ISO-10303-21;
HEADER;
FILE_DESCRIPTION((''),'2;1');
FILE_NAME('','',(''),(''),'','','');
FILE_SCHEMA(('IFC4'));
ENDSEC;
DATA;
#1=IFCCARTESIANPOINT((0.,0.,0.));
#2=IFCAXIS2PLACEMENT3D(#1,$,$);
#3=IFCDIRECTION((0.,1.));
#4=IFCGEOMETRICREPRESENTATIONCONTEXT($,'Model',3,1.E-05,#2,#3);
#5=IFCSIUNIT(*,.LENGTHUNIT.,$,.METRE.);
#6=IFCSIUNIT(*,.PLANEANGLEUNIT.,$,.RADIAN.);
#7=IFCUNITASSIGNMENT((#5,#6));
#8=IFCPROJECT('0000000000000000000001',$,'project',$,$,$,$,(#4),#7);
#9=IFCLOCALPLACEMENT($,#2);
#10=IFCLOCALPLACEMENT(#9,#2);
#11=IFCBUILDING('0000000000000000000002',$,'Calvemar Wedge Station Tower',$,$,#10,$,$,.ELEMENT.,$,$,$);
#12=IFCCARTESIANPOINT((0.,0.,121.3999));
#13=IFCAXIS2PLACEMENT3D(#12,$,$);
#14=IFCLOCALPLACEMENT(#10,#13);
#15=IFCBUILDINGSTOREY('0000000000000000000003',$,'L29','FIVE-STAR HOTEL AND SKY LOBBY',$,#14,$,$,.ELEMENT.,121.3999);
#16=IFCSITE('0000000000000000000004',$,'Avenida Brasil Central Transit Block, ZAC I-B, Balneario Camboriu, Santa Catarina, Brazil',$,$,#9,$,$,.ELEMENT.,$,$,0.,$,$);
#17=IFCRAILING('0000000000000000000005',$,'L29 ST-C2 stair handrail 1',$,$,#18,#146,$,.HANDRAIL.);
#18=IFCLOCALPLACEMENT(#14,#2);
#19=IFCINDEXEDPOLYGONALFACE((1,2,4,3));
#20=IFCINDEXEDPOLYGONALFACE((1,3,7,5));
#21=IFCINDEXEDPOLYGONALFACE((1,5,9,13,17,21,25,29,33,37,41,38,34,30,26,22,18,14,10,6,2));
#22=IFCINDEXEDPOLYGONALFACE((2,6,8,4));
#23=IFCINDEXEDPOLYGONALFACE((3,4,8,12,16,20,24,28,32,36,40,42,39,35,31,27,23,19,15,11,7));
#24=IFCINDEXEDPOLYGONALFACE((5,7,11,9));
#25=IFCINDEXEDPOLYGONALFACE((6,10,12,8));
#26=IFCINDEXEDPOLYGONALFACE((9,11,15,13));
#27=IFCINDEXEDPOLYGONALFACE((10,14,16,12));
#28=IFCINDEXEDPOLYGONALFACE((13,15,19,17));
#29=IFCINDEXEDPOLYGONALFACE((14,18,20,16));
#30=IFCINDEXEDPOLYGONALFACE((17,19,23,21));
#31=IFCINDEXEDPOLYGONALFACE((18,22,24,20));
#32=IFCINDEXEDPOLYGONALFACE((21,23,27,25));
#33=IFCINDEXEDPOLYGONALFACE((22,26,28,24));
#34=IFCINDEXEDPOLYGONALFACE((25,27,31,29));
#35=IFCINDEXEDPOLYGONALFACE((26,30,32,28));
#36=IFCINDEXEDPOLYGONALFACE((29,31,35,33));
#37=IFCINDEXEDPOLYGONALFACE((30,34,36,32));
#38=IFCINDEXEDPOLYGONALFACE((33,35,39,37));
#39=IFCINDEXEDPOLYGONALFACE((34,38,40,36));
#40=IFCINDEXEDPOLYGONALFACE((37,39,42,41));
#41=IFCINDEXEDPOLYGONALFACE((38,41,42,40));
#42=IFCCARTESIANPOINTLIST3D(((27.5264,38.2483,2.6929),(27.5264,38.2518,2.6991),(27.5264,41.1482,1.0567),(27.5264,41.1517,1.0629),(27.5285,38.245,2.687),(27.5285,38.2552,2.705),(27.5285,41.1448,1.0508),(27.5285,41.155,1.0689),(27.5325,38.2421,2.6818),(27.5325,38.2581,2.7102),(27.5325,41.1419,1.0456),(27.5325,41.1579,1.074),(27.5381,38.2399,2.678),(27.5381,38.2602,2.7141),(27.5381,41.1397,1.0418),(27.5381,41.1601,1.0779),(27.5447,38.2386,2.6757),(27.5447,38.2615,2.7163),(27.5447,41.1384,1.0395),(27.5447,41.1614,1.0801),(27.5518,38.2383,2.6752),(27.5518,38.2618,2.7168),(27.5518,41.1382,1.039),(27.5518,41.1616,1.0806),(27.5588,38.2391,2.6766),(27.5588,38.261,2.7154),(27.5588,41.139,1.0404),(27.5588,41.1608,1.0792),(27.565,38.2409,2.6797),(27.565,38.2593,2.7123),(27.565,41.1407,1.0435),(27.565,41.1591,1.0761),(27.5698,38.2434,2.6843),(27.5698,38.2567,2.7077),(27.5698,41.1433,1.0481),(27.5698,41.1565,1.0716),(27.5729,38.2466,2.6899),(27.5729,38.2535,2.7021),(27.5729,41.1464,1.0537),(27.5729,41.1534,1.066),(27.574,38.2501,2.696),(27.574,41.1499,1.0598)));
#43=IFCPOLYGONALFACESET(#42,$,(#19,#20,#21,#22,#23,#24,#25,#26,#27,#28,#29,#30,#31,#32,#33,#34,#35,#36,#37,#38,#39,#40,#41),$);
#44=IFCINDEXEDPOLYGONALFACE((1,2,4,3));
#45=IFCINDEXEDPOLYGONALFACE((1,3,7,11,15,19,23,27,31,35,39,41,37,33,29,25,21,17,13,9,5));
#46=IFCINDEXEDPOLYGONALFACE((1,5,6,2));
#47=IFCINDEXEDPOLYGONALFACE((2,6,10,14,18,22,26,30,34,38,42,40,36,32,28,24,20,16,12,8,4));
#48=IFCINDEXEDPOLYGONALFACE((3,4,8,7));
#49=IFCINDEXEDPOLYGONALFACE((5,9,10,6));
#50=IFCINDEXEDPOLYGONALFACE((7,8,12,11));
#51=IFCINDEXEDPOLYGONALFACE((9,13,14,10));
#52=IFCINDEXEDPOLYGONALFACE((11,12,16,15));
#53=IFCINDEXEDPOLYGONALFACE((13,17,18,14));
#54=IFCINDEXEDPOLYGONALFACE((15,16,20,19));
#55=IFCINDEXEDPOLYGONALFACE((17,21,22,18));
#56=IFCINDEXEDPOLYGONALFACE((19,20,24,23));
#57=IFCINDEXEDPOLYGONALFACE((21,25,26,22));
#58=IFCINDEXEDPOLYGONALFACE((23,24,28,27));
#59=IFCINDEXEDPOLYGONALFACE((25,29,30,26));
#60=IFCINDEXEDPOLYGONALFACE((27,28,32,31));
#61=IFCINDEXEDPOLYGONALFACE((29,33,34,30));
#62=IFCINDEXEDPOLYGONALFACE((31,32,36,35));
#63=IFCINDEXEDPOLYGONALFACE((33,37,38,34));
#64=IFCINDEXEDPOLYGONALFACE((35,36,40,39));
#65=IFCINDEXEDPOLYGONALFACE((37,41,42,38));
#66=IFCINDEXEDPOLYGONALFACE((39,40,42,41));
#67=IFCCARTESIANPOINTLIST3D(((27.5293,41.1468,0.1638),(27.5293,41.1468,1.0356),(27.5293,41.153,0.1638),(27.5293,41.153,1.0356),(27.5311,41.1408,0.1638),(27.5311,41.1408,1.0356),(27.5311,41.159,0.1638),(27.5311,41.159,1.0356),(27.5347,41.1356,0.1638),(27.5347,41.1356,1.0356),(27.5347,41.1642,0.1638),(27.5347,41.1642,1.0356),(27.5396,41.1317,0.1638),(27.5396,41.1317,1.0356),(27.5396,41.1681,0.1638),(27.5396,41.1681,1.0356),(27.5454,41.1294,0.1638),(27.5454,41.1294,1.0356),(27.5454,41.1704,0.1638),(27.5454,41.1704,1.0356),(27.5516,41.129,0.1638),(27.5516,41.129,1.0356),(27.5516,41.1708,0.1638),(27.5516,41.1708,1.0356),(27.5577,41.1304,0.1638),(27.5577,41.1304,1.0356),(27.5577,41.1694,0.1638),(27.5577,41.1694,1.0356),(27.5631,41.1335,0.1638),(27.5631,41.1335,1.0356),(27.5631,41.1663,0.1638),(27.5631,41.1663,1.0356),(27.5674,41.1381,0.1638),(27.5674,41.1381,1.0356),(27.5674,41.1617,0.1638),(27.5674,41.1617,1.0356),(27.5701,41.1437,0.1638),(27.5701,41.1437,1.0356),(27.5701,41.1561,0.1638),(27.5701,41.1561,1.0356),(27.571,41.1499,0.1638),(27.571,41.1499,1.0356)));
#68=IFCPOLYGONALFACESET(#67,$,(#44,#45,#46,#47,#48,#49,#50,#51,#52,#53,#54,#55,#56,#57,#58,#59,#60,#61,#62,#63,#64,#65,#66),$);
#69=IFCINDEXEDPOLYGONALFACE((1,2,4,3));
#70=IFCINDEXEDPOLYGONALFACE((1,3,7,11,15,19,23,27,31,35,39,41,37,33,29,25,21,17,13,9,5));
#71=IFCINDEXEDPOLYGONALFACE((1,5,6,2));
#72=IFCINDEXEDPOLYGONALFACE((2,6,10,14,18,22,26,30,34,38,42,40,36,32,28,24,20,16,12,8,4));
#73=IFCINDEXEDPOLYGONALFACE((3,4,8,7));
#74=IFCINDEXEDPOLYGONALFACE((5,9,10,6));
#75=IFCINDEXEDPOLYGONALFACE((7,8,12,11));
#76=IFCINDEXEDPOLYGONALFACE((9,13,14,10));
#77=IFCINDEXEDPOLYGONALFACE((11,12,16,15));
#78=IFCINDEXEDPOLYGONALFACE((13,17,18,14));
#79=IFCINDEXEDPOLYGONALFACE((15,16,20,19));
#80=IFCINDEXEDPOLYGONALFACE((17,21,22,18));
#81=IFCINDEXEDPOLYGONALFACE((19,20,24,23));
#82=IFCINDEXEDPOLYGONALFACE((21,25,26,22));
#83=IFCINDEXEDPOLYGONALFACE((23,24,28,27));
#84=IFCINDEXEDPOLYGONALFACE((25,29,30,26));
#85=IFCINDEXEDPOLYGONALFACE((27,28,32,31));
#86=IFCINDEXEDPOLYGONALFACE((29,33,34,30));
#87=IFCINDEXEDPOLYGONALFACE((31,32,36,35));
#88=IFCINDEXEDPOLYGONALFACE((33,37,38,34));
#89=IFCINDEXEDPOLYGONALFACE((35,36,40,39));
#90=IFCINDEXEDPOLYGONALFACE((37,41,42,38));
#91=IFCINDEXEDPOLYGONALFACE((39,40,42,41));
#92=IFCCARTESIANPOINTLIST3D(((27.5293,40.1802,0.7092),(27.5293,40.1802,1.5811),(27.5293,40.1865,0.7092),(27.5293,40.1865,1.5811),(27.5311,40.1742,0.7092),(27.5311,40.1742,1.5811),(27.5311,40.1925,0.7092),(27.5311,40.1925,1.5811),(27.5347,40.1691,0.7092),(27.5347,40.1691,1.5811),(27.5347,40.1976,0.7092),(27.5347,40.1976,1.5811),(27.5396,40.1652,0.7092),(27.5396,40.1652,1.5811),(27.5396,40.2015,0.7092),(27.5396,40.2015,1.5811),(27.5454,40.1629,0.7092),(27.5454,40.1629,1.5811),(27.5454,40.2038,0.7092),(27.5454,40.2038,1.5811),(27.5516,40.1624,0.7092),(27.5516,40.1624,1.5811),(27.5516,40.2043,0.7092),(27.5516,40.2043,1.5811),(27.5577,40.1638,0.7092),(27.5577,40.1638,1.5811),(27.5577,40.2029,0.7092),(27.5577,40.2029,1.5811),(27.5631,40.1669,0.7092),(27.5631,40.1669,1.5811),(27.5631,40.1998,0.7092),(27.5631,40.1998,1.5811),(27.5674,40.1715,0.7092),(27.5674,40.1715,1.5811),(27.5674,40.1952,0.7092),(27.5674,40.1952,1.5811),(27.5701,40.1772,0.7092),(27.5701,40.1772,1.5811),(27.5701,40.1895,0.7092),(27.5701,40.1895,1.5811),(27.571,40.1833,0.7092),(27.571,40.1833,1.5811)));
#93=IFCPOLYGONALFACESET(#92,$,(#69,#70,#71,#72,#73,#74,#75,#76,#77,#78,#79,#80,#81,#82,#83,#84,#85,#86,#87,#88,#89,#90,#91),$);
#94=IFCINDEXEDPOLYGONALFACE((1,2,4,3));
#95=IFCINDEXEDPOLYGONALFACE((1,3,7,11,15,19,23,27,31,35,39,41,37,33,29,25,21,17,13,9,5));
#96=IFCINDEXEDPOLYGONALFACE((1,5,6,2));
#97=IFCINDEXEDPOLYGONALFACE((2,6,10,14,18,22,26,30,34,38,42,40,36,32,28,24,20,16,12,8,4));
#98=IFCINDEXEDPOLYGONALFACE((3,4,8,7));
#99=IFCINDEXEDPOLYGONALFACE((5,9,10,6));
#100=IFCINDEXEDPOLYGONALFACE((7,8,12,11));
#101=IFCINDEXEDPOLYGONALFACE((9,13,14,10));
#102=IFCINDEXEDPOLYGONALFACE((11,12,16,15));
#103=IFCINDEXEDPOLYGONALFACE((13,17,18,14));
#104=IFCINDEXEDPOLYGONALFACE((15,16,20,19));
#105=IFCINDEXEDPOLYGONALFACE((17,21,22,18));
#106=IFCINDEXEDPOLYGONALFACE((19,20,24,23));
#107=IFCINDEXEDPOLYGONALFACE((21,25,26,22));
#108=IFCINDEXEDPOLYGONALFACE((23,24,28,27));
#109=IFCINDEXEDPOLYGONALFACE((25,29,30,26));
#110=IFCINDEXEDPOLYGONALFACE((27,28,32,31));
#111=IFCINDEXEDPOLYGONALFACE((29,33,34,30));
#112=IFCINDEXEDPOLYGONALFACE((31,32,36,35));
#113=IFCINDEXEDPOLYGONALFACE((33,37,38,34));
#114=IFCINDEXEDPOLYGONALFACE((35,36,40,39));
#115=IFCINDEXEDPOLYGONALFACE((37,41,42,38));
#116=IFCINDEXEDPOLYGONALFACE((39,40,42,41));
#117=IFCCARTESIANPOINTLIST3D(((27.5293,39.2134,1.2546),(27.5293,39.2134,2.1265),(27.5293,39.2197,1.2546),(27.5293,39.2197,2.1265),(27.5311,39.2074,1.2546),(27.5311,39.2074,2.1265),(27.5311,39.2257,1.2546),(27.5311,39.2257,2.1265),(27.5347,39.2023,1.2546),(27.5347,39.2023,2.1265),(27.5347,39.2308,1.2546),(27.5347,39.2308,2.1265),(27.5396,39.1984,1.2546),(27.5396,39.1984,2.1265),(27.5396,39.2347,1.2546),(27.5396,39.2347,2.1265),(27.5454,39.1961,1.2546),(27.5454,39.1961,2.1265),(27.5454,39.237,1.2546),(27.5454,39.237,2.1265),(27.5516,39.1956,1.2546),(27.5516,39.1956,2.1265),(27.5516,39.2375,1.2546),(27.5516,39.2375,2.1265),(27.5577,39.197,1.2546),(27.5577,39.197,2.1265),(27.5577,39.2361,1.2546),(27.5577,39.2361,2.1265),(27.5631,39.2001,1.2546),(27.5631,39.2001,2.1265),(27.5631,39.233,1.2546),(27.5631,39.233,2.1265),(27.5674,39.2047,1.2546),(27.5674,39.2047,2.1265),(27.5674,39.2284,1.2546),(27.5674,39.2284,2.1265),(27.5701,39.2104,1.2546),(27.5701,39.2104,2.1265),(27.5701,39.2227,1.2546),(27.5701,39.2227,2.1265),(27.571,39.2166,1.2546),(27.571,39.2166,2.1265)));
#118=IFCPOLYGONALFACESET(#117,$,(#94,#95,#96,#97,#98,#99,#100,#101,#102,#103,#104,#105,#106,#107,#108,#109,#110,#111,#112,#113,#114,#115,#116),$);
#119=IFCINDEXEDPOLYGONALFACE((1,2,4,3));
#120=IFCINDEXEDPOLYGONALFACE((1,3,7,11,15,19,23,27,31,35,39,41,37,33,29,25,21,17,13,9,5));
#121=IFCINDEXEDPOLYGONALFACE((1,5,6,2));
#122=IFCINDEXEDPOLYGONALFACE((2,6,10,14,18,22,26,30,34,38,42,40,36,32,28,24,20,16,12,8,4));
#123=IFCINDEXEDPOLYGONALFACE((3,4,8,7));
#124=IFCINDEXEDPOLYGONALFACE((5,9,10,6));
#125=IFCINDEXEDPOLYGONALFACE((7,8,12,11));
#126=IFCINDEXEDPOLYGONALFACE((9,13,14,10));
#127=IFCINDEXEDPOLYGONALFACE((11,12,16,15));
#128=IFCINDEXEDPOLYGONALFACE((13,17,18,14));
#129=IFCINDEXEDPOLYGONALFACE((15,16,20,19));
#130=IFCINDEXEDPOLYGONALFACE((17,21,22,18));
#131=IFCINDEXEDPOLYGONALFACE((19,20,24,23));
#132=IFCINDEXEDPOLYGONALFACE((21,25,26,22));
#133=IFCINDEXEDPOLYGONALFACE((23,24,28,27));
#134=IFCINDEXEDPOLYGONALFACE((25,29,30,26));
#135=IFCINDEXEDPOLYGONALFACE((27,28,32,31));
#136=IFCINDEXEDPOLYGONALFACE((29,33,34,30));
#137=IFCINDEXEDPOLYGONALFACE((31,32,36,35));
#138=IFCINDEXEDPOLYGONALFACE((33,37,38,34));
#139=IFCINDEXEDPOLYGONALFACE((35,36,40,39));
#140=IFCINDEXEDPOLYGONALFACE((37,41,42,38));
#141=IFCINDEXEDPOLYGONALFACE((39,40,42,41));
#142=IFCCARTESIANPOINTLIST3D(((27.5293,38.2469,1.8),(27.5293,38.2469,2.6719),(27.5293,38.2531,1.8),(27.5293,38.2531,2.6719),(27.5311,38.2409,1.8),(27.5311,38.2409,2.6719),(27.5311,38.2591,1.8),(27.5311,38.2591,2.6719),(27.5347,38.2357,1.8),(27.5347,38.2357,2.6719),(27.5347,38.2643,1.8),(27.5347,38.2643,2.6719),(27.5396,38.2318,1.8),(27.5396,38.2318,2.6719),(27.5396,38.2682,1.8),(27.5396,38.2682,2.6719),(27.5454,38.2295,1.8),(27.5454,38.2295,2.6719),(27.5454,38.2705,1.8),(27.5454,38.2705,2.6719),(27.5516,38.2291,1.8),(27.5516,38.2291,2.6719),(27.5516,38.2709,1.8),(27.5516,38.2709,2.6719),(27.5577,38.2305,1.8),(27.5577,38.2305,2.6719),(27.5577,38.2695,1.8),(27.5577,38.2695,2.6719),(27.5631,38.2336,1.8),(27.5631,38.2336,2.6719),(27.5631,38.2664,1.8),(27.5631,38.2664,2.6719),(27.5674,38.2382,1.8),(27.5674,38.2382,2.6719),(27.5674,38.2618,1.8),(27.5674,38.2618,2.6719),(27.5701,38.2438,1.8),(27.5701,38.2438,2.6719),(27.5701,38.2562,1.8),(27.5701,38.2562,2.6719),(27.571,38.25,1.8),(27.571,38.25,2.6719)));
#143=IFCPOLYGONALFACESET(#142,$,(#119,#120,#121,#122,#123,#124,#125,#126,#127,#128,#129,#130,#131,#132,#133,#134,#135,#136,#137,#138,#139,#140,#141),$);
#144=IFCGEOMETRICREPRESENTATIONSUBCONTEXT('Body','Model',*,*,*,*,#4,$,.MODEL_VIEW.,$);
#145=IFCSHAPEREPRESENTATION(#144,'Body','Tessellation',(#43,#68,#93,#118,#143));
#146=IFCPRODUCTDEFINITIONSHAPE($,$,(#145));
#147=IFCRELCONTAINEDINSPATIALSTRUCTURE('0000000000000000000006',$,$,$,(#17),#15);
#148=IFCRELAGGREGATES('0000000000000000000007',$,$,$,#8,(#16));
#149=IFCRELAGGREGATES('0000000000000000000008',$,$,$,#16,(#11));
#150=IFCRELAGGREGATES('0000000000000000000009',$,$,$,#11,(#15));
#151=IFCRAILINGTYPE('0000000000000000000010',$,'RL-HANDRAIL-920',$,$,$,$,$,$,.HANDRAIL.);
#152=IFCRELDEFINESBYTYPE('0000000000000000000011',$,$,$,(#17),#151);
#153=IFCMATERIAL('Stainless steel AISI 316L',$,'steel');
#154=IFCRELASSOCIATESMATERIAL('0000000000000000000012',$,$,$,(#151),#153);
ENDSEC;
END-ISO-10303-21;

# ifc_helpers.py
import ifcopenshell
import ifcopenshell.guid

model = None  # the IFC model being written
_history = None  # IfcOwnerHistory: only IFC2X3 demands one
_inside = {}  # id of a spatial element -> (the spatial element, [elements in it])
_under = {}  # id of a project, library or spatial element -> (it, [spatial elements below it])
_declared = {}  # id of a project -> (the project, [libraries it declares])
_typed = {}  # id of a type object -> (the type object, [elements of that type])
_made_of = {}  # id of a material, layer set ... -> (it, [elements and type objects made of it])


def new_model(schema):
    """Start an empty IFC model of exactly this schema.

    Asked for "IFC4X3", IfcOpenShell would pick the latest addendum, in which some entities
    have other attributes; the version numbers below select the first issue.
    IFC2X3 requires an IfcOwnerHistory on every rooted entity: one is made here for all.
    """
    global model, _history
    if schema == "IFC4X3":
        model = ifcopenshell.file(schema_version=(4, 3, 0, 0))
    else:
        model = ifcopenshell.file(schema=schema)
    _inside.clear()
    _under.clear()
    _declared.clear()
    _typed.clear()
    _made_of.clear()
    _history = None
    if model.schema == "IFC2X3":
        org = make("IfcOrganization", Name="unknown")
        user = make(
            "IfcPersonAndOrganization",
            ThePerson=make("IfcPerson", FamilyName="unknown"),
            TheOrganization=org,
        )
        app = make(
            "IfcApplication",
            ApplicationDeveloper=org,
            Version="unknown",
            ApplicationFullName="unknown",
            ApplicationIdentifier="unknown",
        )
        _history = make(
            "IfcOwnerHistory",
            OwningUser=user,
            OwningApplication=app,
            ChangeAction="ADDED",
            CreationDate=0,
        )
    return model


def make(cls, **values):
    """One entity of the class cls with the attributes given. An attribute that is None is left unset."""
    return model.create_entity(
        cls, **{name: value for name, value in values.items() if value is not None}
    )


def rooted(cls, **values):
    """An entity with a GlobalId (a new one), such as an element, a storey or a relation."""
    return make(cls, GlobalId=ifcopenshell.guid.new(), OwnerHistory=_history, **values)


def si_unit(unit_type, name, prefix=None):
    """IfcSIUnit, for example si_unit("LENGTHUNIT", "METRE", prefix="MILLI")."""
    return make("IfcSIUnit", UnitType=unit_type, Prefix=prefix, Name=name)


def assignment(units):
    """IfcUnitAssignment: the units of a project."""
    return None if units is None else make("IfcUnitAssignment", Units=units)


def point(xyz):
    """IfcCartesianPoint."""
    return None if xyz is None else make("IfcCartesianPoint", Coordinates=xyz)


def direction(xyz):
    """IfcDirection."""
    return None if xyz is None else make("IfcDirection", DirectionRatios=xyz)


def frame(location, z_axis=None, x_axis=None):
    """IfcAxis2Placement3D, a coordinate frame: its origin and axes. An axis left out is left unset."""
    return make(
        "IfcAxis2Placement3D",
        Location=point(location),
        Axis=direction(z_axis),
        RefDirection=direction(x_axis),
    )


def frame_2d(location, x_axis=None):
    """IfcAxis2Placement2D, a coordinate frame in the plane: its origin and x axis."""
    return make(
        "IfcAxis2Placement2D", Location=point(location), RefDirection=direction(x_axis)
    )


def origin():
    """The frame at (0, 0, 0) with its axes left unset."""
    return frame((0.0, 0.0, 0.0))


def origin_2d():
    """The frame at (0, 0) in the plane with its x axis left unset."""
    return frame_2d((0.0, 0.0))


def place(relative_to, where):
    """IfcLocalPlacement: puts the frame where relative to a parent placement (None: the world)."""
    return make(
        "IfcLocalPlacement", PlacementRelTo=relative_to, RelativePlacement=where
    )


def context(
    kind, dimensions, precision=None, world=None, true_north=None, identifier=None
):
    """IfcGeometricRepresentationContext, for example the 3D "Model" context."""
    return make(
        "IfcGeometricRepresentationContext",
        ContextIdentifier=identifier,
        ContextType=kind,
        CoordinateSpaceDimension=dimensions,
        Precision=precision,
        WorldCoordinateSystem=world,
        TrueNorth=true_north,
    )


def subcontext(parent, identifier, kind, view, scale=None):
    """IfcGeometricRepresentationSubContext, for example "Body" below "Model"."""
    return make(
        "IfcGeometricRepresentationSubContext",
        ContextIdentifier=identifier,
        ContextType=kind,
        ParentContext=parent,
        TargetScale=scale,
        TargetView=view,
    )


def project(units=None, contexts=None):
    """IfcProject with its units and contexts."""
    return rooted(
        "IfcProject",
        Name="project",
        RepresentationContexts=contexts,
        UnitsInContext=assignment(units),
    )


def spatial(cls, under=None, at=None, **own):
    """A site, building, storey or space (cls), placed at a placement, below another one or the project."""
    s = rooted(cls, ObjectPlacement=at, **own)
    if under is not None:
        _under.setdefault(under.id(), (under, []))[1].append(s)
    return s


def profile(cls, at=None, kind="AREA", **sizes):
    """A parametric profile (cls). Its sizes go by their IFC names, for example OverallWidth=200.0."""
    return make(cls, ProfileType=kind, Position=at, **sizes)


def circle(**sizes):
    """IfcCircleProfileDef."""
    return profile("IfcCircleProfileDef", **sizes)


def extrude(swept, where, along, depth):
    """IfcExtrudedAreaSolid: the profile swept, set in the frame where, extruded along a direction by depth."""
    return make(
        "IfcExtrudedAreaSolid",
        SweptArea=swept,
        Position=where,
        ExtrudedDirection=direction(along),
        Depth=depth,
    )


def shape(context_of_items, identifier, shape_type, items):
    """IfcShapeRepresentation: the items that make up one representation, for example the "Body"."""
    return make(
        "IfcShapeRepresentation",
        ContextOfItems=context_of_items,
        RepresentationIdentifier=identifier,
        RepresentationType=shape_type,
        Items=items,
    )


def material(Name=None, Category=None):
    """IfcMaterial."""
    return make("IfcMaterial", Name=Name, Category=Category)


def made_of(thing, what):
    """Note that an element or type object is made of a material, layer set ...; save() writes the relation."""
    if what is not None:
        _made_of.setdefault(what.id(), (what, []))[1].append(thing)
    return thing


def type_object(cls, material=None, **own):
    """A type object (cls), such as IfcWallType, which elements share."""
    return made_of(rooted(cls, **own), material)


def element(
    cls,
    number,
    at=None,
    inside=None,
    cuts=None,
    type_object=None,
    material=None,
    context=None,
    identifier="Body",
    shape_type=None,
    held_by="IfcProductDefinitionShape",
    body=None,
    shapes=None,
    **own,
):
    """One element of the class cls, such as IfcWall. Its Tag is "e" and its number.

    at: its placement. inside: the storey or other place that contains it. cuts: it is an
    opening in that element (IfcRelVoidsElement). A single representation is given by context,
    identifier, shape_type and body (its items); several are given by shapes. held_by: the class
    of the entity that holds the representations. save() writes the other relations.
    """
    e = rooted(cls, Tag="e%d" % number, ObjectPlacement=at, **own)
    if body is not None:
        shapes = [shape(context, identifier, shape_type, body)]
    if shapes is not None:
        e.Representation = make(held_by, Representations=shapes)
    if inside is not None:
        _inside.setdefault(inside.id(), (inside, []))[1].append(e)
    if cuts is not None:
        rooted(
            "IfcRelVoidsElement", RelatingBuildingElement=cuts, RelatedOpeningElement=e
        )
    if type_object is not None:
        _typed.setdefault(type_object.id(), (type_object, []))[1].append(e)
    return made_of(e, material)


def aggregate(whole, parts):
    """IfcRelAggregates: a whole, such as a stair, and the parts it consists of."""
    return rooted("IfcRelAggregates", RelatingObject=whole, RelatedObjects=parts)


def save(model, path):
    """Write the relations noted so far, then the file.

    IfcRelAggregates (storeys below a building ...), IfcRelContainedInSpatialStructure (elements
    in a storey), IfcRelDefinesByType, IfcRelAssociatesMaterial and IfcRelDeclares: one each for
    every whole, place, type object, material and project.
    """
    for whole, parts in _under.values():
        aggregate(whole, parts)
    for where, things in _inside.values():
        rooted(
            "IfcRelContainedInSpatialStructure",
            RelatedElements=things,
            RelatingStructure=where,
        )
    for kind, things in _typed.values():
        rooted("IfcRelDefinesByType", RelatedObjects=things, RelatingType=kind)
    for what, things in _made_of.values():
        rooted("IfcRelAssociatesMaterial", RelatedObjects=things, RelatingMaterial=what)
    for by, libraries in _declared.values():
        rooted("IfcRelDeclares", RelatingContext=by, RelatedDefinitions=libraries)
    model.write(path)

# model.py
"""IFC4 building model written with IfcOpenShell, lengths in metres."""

from ifc_helpers import new_model, si_unit, direction, frame, origin, origin_2d, place, context, subcontext, project, spatial, circle, extrude, material, type_object, element, save


model = new_model("IFC4")

# Units and contexts
model_context = context("Model", 3, precision=1e-05, world=origin(), true_north=direction((0.0, 1.0)))
body_context = subcontext(model_context, "Body", "Model", "MODEL_VIEW")
ifc_project = project(units=[si_unit("LENGTHUNIT", "METRE"), si_unit("PLANEANGLEUNIT", "RADIAN")], contexts=[model_context])

# Site, building, storey
site_placement = place(None, origin())
site = spatial("IfcSite", under=ifc_project, at=site_placement, Name="Avenida Brasil Central Transit Block, ZAC I-B, Balneario Camboriu, Santa Catarina, Brazil", CompositionType="ELEMENT", RefElevation=0.0)
building_placement = place(site_placement, origin())
building = spatial("IfcBuilding", under=site, at=building_placement, Name="Calvemar Wedge Station Tower", CompositionType="ELEMENT")
storey_placement = place(building_placement, frame((0.0, 0.0, 121.3999)))
storey = spatial("IfcBuildingStorey", under=building, at=storey_placement, Name="L29", Description="FIVE-STAR HOTEL AND SKY LOBBY", CompositionType="ELEMENT", Elevation=121.3999)

# Railing
ifc_material_1 = material(Name="Stainless steel AISI 316L", Category="steel")
railing_type_1 = type_object("IfcRailingType", Name="RL-HANDRAIL-920", PredefinedType="HANDRAIL", material=ifc_material_1)
railing_1_placement = place(storey_placement, frame((27.55, 41.1499, 0.1638)))
element("IfcRailing", 1, at=railing_1_placement, inside=storey, type_object=railing_type_1, Name="L29 ST-C2 stair handrail 1", PredefinedType="HANDRAIL", context=body_context, shape_type="SweptSolid", body=[
    extrude(circle(Radius=0.0239, at=origin_2d()), frame((0.0, 0.0, 0.896), z_axis=(0.0, -0.870929, 0.49141), x_axis=(1.0, 0.0, 0.0)), (0.0, 0.0, 1.0), 3.3296),
    extrude(circle(Radius=0.021, at=origin_2d()), origin(), (0.0, 0.0, 1.0), 0.8718),
    extrude(circle(Radius=0.021, at=origin_2d()), frame((0.0, -0.9666, 0.5454)), (0.0, 0.0, 1.0), 0.8718),
    extrude(circle(Radius=0.021, at=origin_2d()), frame((0.0, -1.9333, 1.0908)), (0.0, 0.0, 1.0), 0.8718),
    extrude(circle(Radius=0.021, at=origin_2d()), frame((0.0, -2.8999, 1.6362)), (0.0, 0.0, 1.0), 0.8718),
])

save(model, "model.ifc")
